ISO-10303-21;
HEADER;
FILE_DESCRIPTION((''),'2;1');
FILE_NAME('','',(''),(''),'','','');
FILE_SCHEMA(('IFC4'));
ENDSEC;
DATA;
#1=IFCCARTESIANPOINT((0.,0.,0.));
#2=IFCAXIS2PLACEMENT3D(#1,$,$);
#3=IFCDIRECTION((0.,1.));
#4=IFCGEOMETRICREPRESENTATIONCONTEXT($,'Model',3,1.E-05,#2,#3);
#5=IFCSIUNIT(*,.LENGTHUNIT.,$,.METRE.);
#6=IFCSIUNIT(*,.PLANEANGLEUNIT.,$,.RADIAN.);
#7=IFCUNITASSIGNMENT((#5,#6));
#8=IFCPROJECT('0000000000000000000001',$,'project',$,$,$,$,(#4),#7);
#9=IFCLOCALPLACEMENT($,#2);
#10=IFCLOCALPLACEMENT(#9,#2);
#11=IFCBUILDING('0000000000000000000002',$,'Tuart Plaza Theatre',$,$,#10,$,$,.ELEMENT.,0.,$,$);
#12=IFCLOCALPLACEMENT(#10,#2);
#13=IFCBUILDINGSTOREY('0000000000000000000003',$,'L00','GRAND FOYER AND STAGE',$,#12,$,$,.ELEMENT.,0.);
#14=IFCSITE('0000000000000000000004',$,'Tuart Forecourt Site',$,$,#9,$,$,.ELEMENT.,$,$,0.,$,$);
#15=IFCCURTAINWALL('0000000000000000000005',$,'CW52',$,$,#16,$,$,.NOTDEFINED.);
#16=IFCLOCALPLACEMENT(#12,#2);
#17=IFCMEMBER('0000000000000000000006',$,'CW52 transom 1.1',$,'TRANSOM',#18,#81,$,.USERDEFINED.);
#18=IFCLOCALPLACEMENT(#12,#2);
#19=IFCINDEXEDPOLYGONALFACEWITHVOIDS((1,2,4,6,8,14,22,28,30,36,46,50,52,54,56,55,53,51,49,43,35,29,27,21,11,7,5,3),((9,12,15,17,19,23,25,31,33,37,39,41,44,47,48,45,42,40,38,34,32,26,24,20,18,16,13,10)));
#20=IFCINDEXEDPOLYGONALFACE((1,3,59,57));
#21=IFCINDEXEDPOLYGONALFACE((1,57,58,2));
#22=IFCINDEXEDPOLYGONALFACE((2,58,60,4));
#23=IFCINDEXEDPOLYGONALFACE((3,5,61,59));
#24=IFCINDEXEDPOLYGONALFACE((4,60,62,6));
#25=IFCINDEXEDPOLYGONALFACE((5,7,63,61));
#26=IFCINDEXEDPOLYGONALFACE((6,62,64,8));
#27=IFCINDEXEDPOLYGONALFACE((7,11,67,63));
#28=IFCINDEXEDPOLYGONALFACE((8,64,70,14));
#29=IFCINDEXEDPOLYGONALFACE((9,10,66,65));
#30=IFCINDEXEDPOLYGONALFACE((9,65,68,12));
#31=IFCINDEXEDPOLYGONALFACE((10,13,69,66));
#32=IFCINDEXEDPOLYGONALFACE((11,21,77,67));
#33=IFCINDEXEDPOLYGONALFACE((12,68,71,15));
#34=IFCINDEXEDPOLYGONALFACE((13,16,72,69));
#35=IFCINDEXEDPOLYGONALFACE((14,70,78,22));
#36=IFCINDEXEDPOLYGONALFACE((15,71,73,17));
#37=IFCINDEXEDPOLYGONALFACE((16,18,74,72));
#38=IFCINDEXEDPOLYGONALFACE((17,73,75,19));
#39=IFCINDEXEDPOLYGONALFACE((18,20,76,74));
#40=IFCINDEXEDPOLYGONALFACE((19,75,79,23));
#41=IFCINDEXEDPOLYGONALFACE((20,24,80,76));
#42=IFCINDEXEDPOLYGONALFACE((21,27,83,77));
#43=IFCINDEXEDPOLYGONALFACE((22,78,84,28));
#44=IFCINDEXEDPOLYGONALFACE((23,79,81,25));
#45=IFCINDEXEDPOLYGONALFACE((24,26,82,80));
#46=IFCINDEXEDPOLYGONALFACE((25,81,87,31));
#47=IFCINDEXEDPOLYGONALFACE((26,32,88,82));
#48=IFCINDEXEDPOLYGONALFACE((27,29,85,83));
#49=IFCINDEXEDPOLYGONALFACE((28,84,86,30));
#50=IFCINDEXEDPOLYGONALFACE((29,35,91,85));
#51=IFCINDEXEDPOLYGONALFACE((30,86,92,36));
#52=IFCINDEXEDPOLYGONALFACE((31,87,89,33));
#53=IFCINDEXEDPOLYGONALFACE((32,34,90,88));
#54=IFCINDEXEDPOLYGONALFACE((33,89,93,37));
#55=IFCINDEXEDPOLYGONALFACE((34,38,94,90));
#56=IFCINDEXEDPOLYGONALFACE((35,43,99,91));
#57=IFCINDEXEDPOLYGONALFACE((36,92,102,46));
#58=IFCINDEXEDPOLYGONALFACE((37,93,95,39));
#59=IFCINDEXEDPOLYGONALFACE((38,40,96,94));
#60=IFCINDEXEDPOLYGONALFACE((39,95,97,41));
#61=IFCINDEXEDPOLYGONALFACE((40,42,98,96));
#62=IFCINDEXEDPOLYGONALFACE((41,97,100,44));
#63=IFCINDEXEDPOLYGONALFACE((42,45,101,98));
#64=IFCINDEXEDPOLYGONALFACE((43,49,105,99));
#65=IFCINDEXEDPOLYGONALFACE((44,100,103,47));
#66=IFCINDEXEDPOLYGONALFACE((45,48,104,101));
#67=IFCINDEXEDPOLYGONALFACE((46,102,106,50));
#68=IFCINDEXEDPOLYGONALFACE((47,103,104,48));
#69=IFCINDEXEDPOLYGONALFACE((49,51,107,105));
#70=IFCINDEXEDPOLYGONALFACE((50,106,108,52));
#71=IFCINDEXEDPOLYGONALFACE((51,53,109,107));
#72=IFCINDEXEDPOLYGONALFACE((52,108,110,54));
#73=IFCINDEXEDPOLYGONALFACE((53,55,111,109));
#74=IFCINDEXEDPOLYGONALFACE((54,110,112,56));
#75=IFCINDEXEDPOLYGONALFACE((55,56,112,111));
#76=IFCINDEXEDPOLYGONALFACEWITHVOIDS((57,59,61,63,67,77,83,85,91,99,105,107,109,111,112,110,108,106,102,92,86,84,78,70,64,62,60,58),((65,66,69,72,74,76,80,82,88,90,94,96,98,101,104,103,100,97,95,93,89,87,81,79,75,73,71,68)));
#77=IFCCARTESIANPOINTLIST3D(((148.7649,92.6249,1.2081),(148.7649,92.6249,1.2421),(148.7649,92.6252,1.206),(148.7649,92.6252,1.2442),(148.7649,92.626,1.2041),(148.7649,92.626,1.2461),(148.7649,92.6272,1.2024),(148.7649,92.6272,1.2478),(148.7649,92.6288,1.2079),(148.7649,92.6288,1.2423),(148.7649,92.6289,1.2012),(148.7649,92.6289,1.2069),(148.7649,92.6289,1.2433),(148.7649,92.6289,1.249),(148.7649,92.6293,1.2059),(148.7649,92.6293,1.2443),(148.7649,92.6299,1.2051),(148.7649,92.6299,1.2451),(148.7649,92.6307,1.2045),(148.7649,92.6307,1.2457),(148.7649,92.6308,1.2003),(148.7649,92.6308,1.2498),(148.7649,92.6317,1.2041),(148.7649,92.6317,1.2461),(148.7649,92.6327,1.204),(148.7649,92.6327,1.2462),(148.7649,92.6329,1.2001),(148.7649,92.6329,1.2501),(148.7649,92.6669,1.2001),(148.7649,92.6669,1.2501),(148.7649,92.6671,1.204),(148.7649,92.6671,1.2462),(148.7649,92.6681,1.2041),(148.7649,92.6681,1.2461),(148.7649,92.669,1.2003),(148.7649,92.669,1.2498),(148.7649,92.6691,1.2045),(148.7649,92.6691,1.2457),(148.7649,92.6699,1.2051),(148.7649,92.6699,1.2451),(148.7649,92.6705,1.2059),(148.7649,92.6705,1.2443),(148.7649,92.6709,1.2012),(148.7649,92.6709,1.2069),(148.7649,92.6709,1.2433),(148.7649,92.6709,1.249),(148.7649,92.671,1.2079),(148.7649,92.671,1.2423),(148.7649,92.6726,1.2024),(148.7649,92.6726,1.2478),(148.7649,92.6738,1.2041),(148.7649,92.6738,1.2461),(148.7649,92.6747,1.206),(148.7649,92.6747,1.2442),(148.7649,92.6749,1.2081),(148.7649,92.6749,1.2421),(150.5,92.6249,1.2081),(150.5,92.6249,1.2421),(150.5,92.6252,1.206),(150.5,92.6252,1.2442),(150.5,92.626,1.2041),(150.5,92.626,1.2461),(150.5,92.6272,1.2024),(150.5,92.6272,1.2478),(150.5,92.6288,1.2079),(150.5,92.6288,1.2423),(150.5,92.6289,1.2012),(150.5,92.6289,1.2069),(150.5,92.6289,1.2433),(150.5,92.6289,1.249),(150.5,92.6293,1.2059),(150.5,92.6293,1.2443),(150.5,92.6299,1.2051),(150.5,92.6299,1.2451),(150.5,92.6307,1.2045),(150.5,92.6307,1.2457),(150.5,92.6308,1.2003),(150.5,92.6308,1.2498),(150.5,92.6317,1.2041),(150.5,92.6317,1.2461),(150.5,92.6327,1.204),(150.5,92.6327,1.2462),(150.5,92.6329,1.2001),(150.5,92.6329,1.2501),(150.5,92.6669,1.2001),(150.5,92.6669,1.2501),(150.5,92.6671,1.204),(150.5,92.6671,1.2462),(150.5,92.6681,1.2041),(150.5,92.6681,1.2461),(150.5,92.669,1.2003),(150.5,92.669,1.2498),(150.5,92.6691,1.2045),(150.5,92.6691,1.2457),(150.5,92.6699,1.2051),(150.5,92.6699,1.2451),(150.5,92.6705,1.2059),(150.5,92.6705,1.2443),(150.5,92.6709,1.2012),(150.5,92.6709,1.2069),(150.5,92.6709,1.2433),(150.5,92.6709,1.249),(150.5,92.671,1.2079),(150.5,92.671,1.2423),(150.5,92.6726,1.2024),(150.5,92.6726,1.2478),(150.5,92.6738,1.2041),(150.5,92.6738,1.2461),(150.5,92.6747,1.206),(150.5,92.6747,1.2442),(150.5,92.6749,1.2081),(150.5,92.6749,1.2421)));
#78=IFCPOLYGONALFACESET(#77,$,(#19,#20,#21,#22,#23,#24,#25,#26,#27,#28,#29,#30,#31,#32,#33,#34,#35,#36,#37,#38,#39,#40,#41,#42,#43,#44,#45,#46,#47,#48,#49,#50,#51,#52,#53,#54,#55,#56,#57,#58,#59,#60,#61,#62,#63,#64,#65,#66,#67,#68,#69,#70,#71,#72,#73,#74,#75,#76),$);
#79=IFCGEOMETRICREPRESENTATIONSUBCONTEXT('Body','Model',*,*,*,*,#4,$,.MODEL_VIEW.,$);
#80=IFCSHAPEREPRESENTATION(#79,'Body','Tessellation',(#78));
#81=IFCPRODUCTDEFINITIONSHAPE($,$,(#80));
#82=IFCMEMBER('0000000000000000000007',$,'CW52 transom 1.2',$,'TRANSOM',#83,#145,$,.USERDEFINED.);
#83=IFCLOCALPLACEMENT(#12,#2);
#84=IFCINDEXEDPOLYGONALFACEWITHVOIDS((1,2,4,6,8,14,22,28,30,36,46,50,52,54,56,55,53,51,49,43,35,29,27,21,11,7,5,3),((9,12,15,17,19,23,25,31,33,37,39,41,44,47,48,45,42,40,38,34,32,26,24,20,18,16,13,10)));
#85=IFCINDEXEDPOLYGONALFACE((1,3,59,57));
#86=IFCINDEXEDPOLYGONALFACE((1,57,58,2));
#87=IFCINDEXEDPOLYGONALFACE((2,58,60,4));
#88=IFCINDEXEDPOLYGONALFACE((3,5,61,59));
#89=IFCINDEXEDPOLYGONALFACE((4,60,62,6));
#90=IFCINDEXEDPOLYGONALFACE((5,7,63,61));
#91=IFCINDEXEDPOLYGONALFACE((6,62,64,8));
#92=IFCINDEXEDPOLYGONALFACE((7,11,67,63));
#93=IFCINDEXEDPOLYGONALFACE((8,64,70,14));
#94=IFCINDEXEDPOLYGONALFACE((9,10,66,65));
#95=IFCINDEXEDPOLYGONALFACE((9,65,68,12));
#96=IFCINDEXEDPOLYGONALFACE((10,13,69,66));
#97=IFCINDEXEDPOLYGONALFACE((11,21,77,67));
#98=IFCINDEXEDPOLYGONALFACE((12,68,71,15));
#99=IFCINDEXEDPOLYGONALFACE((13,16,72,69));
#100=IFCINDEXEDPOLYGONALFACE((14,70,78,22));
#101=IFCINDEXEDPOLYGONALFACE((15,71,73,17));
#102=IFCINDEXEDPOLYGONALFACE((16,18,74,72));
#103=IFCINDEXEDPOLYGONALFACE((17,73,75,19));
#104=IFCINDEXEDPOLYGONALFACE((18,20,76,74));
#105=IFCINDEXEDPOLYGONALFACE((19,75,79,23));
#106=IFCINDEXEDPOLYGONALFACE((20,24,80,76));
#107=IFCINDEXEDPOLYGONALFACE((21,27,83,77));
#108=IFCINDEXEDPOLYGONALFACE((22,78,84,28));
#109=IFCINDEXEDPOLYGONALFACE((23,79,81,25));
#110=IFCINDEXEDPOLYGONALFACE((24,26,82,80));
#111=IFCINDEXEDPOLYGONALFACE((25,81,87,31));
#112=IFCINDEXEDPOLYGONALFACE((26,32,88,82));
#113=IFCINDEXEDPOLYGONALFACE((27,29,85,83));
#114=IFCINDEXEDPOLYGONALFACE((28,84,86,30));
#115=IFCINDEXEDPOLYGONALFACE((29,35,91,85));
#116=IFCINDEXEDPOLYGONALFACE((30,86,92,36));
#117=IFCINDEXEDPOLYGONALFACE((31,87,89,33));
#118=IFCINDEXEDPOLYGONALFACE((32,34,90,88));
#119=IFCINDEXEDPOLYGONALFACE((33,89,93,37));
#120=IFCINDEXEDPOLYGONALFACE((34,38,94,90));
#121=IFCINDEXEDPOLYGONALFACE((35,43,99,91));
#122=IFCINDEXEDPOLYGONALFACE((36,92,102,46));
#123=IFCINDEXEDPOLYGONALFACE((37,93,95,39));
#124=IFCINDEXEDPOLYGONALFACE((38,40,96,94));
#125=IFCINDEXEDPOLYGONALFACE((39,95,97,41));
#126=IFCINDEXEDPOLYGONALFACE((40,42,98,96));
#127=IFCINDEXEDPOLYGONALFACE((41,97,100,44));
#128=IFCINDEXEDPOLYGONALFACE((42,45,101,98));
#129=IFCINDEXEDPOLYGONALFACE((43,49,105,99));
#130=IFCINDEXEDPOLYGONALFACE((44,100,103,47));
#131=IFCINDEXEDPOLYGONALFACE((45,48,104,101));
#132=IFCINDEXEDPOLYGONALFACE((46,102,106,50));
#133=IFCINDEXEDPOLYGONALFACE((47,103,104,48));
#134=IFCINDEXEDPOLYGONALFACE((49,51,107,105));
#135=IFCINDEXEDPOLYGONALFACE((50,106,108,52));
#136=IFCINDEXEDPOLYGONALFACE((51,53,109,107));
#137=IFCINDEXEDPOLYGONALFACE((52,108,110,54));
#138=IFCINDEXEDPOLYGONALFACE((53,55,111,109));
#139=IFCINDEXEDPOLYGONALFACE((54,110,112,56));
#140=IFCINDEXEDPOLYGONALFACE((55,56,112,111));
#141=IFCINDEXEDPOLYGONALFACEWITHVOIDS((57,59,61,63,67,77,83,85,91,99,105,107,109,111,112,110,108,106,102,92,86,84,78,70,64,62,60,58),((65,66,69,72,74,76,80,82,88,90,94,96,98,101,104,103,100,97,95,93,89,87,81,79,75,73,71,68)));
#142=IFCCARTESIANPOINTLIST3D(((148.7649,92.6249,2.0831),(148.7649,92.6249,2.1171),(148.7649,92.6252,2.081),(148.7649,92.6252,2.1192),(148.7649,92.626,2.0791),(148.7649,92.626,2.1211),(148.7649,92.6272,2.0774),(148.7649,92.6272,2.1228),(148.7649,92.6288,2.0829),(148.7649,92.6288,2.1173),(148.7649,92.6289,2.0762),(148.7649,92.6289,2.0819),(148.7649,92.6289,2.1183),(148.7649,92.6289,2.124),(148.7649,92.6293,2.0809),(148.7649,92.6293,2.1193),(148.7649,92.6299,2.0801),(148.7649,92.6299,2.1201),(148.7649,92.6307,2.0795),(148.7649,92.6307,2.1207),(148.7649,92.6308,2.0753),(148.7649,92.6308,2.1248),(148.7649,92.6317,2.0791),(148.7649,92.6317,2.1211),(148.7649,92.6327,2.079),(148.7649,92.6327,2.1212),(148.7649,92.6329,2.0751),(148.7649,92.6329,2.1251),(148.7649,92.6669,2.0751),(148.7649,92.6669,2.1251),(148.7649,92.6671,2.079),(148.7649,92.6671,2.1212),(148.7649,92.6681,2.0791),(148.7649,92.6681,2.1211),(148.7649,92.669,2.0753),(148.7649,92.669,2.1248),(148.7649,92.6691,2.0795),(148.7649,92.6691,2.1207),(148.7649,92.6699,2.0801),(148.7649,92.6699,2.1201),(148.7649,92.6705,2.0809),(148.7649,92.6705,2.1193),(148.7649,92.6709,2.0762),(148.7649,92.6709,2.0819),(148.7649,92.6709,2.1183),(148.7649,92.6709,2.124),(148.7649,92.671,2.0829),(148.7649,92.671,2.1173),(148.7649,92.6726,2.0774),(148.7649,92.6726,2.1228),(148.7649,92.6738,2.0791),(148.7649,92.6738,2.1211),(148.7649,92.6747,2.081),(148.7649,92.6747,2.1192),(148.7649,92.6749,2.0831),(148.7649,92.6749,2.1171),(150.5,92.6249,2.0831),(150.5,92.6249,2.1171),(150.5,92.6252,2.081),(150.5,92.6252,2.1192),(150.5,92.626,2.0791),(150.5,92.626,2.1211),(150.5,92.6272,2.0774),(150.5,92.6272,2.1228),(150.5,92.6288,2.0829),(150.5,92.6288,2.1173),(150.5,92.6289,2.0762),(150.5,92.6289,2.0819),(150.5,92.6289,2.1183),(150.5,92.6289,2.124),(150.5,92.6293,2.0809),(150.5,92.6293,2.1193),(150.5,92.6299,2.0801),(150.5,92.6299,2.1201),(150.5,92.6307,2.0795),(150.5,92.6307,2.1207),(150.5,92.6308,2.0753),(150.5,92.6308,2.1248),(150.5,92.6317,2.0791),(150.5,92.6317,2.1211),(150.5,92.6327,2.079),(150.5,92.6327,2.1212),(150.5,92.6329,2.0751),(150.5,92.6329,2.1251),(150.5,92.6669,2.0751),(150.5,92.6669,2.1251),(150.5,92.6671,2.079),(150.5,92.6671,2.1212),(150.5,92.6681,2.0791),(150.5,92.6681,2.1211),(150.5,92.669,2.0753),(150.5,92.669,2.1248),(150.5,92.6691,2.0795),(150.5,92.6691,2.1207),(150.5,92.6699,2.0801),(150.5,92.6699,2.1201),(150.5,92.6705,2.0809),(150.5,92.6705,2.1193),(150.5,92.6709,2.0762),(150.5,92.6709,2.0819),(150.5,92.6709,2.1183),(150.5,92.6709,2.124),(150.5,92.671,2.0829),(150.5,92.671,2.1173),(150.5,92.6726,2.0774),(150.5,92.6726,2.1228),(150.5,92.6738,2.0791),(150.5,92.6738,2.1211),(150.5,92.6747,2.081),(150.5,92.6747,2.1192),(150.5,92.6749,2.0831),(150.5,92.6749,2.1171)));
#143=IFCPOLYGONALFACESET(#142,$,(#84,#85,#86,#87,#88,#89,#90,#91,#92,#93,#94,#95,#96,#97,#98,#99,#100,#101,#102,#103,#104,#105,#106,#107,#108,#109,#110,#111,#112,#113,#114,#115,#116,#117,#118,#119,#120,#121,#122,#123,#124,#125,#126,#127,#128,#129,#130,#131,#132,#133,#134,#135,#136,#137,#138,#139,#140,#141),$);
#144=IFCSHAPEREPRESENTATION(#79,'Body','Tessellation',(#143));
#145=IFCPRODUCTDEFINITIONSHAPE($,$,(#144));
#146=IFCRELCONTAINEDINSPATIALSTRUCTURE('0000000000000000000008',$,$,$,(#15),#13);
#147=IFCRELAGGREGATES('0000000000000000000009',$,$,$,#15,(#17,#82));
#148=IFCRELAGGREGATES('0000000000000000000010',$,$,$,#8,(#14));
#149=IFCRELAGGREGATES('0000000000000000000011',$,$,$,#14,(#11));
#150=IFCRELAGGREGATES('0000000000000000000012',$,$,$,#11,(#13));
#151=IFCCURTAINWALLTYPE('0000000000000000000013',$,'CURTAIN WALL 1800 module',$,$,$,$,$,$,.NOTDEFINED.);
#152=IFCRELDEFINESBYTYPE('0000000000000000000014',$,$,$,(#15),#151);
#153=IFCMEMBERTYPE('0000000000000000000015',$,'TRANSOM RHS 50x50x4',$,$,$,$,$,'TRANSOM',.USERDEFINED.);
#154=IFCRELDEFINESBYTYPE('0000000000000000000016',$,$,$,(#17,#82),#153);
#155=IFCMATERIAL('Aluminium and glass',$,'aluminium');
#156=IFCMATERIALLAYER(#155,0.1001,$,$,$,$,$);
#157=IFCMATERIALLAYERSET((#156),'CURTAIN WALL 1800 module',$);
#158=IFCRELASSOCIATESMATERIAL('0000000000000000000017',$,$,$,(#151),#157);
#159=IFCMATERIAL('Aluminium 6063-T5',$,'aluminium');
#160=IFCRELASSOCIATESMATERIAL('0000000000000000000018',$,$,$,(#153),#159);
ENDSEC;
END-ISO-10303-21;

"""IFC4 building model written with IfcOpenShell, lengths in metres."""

from ifc_helpers import new_model, si_unit, direction, frame, origin, origin_2d, place, context, subcontext, project, spatial, hollow_rectangle, extrude, material, layer, layer_set, material_profile, profile_set, type_object, element, aggregate, save


model = new_model("IFC4")

# Units and contexts
model_context = context("Model", 3, precision=1e-05, world=origin(), true_north=direction((0.0, 1.0)))
body_context = subcontext(model_context, "Body", "Model", "MODEL_VIEW")
ifc_project = project(units=[si_unit("LENGTHUNIT", "METRE"), si_unit("PLANEANGLEUNIT", "RADIAN")], contexts=[model_context])

# Site, building, storey
site_placement = place(None, origin())
site = spatial("IfcSite", under=ifc_project, at=site_placement, Name="Tuart Forecourt Site", CompositionType="ELEMENT", RefElevation=0.0)
building_placement = place(site_placement, origin())
building = spatial("IfcBuilding", under=site, at=building_placement, Name="Tuart Plaza Theatre", CompositionType="ELEMENT", ElevationOfRefHeight=0.0)
storey_placement = place(building_placement, origin())
storey = spatial("IfcBuildingStorey", under=building, at=storey_placement, Name="L00", Description="GRAND FOYER AND STAGE", CompositionType="ELEMENT", Elevation=0.0)

# Curtain wall
ifc_material_1 = material(Name="Aluminium and glass", Category="aluminium")
ifc_layer_1 = layer(ifc_material_1, 0.1001)
ifc_layer_set_1 = layer_set([ifc_layer_1], Name="CURTAIN WALL 1800 module")
curtain_wall_type_1 = type_object("IfcCurtainWallType", Name="CURTAIN WALL 1800 module", PredefinedType="NOTDEFINED", material=ifc_layer_set_1)
curtain_wall_1_placement = place(storey_placement, origin())
curtain_wall_1 = element("IfcCurtainWall", 1, at=curtain_wall_1_placement, inside=storey, type_object=curtain_wall_type_1, Name="CW52", PredefinedType="NOTDEFINED")

# Members
ifc_material_2 = material(Name="Aluminium 6063-T5", Category="aluminium")
ifc_material_profile_1 = material_profile(ifc_material_2, hollow_rectangle(XDim=0.05, YDim=0.05, WallThickness=0.0039, InnerFilletRadius=0.0039, OuterFilletRadius=0.0081, at=origin_2d()), Name="RHS 50x50x4")
ifc_profile_set_1 = profile_set([ifc_material_profile_1], Name="Aluminium 6063-T5")
member_type_1 = type_object("IfcMemberType", Name="TRANSOM RHS 50x50x4", ElementType="TRANSOM", PredefinedType="USERDEFINED", material=ifc_profile_set_1)
member_1_placement = place(storey_placement, frame((150.5, 92.6499, 1.2251), z_axis=(-1.0, 0.0, 0.0), x_axis=(0.0, -1.0, 0.0)))
member_1 = element("IfcMember", 2, at=member_1_placement, type_object=member_type_1, Name="CW52 transom 1.1", ObjectType="TRANSOM", PredefinedType="USERDEFINED", context=body_context, shape_type="SweptSolid", body=[
    extrude(hollow_rectangle(XDim=0.05, YDim=0.05, WallThickness=0.0039, InnerFilletRadius=0.0039, OuterFilletRadius=0.0081, at=origin_2d()), origin(), (0.0, 0.0, 1.0), 1.7351),
])
member_2_placement = place(storey_placement, frame((150.5, 92.6499, 2.1001), z_axis=(-1.0, 0.0, 0.0), x_axis=(0.0, -1.0, 0.0)))
member_2 = element("IfcMember", 3, at=member_2_placement, type_object=member_type_1, Name="CW52 transom 1.2", ObjectType="TRANSOM", PredefinedType="USERDEFINED", context=body_context, shape_type="SweptSolid", body=[
    extrude(hollow_rectangle(XDim=0.05, YDim=0.05, WallThickness=0.0039, InnerFilletRadius=0.0039, OuterFilletRadius=0.0081, at=origin_2d()), origin(), (0.0, 0.0, 1.0), 1.7351),
])
aggregate(curtain_wall_1, [member_1, member_2])

save(model, "model.ifc")
